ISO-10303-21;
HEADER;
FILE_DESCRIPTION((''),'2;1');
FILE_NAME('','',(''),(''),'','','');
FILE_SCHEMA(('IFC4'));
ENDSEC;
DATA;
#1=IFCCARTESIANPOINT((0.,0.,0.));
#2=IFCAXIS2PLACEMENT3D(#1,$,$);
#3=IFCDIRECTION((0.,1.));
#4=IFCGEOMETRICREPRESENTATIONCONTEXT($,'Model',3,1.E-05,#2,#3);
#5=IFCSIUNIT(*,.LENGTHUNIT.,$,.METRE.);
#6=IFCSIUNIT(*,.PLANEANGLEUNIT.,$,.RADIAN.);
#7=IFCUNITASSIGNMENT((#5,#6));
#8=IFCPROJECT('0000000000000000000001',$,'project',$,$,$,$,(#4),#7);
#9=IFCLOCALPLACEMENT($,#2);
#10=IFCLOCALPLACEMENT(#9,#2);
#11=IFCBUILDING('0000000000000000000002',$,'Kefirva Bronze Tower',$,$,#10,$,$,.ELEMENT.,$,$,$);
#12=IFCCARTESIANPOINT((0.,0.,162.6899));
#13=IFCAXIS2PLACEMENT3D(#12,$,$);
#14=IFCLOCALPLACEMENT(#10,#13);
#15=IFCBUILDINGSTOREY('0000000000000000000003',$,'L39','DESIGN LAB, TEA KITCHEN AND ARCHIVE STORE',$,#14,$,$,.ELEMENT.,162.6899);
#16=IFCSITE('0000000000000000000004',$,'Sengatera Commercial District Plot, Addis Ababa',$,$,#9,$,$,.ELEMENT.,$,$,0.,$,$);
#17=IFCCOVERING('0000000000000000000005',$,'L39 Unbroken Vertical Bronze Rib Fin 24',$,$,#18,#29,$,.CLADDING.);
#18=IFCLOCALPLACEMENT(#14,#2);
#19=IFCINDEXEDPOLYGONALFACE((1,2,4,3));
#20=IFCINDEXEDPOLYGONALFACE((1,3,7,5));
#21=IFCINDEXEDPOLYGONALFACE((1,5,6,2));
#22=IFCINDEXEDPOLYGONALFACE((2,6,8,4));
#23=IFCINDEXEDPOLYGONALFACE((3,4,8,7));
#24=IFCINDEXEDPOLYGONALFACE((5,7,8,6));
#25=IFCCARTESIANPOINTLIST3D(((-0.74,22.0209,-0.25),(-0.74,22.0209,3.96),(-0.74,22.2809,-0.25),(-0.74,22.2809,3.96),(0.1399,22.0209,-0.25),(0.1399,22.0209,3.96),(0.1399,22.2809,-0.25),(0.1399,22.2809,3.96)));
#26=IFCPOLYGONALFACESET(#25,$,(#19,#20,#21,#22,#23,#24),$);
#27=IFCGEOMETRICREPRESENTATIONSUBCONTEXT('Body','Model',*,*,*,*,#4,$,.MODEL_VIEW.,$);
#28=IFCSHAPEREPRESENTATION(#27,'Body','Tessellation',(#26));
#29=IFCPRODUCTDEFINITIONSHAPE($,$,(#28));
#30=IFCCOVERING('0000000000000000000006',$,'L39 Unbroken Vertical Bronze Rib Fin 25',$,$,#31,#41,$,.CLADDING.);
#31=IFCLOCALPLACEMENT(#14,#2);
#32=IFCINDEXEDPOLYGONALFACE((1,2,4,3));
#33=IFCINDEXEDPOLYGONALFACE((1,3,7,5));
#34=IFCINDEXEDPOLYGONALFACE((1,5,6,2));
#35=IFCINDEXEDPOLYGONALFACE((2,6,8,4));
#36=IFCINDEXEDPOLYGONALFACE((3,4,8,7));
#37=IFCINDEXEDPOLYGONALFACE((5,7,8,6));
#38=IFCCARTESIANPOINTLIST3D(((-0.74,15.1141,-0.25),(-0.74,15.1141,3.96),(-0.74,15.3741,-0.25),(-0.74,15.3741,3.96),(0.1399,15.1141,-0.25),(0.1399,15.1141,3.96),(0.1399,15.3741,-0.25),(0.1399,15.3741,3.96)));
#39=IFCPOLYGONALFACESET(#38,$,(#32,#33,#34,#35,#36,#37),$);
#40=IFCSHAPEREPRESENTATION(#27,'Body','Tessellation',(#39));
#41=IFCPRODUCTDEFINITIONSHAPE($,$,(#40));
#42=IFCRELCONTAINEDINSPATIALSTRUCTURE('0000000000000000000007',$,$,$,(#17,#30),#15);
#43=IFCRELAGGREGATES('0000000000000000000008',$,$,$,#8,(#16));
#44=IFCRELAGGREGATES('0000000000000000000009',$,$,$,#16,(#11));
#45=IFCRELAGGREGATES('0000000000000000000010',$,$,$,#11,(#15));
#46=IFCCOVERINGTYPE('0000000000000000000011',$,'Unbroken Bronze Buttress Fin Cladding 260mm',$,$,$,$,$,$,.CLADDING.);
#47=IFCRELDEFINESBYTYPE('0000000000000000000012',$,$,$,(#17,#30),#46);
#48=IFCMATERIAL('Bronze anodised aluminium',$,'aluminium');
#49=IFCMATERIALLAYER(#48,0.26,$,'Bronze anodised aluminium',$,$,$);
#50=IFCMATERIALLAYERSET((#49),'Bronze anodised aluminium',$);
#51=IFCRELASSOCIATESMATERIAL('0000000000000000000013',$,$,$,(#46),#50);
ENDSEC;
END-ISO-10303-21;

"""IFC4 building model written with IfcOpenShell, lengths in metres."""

from ifc_helpers import new_model, si_unit, direction, frame, origin, origin_2d, place, context, subcontext, project, spatial, rectangle, extrude, material, layer, layer_set, type_object, element, save


model = new_model("IFC4")

# Units and contexts
model_context = context("Model", 3, precision=1e-05, world=origin(), true_north=direction((0.0, 1.0)))
body_context = subcontext(model_context, "Body", "Model", "MODEL_VIEW")
ifc_project = project(units=[si_unit("LENGTHUNIT", "METRE"), si_unit("PLANEANGLEUNIT", "RADIAN")], contexts=[model_context])

# Site, building, storey
site_placement = place(None, origin())
site = spatial("IfcSite", under=ifc_project, at=site_placement, Name="Sengatera Commercial District Plot, Addis Ababa", CompositionType="ELEMENT", RefElevation=0.0)
building_placement = place(site_placement, origin())
building = spatial("IfcBuilding", under=site, at=building_placement, Name="Kefirva Bronze Tower", CompositionType="ELEMENT")
storey_placement = place(building_placement, frame((0.0, 0.0, 162.6899)))
storey = spatial("IfcBuildingStorey", under=building, at=storey_placement, Name="L39", Description="DESIGN LAB, TEA KITCHEN AND ARCHIVE STORE", CompositionType="ELEMENT", Elevation=162.6899)

# Shared definitions
ifc_material_1 = material(Name="Bronze anodised aluminium", Category="aluminium")

# Coverings
ifc_layer_1 = layer(ifc_material_1, 0.26, Name="Bronze anodised aluminium")
ifc_layer_set_1 = layer_set([ifc_layer_1], Name="Bronze anodised aluminium")
covering_type_1 = type_object("IfcCoveringType", Name="Unbroken Bronze Buttress Fin Cladding 260mm", PredefinedType="CLADDING", material=ifc_layer_set_1)
for number, where, z_axis, x_axis, name in (
    (1, (-0.3, 22.1509, -0.25), (0.0, 0.0, 1.0), (0.0, -1.0, 0.0), "L39 Unbroken Vertical Bronze Rib Fin 24"),
    (2, (-0.3, 15.2441, -0.25), (0.0, 0.0, 1.0), (0.0, -1.0, 0.0), "L39 Unbroken Vertical Bronze Rib Fin 25"),
):
    element("IfcCovering", number, at=place(storey_placement, frame(where, z_axis=z_axis, x_axis=x_axis)), inside=storey, type_object=covering_type_1, Name=name, PredefinedType="CLADDING", context=body_context, shape_type="SweptSolid", body=[
        extrude(rectangle(XDim=0.26, YDim=0.8799, at=origin_2d()), origin(), (0.0, 0.0, 1.0), 4.21),
    ])

save(model, "model.ifc")
